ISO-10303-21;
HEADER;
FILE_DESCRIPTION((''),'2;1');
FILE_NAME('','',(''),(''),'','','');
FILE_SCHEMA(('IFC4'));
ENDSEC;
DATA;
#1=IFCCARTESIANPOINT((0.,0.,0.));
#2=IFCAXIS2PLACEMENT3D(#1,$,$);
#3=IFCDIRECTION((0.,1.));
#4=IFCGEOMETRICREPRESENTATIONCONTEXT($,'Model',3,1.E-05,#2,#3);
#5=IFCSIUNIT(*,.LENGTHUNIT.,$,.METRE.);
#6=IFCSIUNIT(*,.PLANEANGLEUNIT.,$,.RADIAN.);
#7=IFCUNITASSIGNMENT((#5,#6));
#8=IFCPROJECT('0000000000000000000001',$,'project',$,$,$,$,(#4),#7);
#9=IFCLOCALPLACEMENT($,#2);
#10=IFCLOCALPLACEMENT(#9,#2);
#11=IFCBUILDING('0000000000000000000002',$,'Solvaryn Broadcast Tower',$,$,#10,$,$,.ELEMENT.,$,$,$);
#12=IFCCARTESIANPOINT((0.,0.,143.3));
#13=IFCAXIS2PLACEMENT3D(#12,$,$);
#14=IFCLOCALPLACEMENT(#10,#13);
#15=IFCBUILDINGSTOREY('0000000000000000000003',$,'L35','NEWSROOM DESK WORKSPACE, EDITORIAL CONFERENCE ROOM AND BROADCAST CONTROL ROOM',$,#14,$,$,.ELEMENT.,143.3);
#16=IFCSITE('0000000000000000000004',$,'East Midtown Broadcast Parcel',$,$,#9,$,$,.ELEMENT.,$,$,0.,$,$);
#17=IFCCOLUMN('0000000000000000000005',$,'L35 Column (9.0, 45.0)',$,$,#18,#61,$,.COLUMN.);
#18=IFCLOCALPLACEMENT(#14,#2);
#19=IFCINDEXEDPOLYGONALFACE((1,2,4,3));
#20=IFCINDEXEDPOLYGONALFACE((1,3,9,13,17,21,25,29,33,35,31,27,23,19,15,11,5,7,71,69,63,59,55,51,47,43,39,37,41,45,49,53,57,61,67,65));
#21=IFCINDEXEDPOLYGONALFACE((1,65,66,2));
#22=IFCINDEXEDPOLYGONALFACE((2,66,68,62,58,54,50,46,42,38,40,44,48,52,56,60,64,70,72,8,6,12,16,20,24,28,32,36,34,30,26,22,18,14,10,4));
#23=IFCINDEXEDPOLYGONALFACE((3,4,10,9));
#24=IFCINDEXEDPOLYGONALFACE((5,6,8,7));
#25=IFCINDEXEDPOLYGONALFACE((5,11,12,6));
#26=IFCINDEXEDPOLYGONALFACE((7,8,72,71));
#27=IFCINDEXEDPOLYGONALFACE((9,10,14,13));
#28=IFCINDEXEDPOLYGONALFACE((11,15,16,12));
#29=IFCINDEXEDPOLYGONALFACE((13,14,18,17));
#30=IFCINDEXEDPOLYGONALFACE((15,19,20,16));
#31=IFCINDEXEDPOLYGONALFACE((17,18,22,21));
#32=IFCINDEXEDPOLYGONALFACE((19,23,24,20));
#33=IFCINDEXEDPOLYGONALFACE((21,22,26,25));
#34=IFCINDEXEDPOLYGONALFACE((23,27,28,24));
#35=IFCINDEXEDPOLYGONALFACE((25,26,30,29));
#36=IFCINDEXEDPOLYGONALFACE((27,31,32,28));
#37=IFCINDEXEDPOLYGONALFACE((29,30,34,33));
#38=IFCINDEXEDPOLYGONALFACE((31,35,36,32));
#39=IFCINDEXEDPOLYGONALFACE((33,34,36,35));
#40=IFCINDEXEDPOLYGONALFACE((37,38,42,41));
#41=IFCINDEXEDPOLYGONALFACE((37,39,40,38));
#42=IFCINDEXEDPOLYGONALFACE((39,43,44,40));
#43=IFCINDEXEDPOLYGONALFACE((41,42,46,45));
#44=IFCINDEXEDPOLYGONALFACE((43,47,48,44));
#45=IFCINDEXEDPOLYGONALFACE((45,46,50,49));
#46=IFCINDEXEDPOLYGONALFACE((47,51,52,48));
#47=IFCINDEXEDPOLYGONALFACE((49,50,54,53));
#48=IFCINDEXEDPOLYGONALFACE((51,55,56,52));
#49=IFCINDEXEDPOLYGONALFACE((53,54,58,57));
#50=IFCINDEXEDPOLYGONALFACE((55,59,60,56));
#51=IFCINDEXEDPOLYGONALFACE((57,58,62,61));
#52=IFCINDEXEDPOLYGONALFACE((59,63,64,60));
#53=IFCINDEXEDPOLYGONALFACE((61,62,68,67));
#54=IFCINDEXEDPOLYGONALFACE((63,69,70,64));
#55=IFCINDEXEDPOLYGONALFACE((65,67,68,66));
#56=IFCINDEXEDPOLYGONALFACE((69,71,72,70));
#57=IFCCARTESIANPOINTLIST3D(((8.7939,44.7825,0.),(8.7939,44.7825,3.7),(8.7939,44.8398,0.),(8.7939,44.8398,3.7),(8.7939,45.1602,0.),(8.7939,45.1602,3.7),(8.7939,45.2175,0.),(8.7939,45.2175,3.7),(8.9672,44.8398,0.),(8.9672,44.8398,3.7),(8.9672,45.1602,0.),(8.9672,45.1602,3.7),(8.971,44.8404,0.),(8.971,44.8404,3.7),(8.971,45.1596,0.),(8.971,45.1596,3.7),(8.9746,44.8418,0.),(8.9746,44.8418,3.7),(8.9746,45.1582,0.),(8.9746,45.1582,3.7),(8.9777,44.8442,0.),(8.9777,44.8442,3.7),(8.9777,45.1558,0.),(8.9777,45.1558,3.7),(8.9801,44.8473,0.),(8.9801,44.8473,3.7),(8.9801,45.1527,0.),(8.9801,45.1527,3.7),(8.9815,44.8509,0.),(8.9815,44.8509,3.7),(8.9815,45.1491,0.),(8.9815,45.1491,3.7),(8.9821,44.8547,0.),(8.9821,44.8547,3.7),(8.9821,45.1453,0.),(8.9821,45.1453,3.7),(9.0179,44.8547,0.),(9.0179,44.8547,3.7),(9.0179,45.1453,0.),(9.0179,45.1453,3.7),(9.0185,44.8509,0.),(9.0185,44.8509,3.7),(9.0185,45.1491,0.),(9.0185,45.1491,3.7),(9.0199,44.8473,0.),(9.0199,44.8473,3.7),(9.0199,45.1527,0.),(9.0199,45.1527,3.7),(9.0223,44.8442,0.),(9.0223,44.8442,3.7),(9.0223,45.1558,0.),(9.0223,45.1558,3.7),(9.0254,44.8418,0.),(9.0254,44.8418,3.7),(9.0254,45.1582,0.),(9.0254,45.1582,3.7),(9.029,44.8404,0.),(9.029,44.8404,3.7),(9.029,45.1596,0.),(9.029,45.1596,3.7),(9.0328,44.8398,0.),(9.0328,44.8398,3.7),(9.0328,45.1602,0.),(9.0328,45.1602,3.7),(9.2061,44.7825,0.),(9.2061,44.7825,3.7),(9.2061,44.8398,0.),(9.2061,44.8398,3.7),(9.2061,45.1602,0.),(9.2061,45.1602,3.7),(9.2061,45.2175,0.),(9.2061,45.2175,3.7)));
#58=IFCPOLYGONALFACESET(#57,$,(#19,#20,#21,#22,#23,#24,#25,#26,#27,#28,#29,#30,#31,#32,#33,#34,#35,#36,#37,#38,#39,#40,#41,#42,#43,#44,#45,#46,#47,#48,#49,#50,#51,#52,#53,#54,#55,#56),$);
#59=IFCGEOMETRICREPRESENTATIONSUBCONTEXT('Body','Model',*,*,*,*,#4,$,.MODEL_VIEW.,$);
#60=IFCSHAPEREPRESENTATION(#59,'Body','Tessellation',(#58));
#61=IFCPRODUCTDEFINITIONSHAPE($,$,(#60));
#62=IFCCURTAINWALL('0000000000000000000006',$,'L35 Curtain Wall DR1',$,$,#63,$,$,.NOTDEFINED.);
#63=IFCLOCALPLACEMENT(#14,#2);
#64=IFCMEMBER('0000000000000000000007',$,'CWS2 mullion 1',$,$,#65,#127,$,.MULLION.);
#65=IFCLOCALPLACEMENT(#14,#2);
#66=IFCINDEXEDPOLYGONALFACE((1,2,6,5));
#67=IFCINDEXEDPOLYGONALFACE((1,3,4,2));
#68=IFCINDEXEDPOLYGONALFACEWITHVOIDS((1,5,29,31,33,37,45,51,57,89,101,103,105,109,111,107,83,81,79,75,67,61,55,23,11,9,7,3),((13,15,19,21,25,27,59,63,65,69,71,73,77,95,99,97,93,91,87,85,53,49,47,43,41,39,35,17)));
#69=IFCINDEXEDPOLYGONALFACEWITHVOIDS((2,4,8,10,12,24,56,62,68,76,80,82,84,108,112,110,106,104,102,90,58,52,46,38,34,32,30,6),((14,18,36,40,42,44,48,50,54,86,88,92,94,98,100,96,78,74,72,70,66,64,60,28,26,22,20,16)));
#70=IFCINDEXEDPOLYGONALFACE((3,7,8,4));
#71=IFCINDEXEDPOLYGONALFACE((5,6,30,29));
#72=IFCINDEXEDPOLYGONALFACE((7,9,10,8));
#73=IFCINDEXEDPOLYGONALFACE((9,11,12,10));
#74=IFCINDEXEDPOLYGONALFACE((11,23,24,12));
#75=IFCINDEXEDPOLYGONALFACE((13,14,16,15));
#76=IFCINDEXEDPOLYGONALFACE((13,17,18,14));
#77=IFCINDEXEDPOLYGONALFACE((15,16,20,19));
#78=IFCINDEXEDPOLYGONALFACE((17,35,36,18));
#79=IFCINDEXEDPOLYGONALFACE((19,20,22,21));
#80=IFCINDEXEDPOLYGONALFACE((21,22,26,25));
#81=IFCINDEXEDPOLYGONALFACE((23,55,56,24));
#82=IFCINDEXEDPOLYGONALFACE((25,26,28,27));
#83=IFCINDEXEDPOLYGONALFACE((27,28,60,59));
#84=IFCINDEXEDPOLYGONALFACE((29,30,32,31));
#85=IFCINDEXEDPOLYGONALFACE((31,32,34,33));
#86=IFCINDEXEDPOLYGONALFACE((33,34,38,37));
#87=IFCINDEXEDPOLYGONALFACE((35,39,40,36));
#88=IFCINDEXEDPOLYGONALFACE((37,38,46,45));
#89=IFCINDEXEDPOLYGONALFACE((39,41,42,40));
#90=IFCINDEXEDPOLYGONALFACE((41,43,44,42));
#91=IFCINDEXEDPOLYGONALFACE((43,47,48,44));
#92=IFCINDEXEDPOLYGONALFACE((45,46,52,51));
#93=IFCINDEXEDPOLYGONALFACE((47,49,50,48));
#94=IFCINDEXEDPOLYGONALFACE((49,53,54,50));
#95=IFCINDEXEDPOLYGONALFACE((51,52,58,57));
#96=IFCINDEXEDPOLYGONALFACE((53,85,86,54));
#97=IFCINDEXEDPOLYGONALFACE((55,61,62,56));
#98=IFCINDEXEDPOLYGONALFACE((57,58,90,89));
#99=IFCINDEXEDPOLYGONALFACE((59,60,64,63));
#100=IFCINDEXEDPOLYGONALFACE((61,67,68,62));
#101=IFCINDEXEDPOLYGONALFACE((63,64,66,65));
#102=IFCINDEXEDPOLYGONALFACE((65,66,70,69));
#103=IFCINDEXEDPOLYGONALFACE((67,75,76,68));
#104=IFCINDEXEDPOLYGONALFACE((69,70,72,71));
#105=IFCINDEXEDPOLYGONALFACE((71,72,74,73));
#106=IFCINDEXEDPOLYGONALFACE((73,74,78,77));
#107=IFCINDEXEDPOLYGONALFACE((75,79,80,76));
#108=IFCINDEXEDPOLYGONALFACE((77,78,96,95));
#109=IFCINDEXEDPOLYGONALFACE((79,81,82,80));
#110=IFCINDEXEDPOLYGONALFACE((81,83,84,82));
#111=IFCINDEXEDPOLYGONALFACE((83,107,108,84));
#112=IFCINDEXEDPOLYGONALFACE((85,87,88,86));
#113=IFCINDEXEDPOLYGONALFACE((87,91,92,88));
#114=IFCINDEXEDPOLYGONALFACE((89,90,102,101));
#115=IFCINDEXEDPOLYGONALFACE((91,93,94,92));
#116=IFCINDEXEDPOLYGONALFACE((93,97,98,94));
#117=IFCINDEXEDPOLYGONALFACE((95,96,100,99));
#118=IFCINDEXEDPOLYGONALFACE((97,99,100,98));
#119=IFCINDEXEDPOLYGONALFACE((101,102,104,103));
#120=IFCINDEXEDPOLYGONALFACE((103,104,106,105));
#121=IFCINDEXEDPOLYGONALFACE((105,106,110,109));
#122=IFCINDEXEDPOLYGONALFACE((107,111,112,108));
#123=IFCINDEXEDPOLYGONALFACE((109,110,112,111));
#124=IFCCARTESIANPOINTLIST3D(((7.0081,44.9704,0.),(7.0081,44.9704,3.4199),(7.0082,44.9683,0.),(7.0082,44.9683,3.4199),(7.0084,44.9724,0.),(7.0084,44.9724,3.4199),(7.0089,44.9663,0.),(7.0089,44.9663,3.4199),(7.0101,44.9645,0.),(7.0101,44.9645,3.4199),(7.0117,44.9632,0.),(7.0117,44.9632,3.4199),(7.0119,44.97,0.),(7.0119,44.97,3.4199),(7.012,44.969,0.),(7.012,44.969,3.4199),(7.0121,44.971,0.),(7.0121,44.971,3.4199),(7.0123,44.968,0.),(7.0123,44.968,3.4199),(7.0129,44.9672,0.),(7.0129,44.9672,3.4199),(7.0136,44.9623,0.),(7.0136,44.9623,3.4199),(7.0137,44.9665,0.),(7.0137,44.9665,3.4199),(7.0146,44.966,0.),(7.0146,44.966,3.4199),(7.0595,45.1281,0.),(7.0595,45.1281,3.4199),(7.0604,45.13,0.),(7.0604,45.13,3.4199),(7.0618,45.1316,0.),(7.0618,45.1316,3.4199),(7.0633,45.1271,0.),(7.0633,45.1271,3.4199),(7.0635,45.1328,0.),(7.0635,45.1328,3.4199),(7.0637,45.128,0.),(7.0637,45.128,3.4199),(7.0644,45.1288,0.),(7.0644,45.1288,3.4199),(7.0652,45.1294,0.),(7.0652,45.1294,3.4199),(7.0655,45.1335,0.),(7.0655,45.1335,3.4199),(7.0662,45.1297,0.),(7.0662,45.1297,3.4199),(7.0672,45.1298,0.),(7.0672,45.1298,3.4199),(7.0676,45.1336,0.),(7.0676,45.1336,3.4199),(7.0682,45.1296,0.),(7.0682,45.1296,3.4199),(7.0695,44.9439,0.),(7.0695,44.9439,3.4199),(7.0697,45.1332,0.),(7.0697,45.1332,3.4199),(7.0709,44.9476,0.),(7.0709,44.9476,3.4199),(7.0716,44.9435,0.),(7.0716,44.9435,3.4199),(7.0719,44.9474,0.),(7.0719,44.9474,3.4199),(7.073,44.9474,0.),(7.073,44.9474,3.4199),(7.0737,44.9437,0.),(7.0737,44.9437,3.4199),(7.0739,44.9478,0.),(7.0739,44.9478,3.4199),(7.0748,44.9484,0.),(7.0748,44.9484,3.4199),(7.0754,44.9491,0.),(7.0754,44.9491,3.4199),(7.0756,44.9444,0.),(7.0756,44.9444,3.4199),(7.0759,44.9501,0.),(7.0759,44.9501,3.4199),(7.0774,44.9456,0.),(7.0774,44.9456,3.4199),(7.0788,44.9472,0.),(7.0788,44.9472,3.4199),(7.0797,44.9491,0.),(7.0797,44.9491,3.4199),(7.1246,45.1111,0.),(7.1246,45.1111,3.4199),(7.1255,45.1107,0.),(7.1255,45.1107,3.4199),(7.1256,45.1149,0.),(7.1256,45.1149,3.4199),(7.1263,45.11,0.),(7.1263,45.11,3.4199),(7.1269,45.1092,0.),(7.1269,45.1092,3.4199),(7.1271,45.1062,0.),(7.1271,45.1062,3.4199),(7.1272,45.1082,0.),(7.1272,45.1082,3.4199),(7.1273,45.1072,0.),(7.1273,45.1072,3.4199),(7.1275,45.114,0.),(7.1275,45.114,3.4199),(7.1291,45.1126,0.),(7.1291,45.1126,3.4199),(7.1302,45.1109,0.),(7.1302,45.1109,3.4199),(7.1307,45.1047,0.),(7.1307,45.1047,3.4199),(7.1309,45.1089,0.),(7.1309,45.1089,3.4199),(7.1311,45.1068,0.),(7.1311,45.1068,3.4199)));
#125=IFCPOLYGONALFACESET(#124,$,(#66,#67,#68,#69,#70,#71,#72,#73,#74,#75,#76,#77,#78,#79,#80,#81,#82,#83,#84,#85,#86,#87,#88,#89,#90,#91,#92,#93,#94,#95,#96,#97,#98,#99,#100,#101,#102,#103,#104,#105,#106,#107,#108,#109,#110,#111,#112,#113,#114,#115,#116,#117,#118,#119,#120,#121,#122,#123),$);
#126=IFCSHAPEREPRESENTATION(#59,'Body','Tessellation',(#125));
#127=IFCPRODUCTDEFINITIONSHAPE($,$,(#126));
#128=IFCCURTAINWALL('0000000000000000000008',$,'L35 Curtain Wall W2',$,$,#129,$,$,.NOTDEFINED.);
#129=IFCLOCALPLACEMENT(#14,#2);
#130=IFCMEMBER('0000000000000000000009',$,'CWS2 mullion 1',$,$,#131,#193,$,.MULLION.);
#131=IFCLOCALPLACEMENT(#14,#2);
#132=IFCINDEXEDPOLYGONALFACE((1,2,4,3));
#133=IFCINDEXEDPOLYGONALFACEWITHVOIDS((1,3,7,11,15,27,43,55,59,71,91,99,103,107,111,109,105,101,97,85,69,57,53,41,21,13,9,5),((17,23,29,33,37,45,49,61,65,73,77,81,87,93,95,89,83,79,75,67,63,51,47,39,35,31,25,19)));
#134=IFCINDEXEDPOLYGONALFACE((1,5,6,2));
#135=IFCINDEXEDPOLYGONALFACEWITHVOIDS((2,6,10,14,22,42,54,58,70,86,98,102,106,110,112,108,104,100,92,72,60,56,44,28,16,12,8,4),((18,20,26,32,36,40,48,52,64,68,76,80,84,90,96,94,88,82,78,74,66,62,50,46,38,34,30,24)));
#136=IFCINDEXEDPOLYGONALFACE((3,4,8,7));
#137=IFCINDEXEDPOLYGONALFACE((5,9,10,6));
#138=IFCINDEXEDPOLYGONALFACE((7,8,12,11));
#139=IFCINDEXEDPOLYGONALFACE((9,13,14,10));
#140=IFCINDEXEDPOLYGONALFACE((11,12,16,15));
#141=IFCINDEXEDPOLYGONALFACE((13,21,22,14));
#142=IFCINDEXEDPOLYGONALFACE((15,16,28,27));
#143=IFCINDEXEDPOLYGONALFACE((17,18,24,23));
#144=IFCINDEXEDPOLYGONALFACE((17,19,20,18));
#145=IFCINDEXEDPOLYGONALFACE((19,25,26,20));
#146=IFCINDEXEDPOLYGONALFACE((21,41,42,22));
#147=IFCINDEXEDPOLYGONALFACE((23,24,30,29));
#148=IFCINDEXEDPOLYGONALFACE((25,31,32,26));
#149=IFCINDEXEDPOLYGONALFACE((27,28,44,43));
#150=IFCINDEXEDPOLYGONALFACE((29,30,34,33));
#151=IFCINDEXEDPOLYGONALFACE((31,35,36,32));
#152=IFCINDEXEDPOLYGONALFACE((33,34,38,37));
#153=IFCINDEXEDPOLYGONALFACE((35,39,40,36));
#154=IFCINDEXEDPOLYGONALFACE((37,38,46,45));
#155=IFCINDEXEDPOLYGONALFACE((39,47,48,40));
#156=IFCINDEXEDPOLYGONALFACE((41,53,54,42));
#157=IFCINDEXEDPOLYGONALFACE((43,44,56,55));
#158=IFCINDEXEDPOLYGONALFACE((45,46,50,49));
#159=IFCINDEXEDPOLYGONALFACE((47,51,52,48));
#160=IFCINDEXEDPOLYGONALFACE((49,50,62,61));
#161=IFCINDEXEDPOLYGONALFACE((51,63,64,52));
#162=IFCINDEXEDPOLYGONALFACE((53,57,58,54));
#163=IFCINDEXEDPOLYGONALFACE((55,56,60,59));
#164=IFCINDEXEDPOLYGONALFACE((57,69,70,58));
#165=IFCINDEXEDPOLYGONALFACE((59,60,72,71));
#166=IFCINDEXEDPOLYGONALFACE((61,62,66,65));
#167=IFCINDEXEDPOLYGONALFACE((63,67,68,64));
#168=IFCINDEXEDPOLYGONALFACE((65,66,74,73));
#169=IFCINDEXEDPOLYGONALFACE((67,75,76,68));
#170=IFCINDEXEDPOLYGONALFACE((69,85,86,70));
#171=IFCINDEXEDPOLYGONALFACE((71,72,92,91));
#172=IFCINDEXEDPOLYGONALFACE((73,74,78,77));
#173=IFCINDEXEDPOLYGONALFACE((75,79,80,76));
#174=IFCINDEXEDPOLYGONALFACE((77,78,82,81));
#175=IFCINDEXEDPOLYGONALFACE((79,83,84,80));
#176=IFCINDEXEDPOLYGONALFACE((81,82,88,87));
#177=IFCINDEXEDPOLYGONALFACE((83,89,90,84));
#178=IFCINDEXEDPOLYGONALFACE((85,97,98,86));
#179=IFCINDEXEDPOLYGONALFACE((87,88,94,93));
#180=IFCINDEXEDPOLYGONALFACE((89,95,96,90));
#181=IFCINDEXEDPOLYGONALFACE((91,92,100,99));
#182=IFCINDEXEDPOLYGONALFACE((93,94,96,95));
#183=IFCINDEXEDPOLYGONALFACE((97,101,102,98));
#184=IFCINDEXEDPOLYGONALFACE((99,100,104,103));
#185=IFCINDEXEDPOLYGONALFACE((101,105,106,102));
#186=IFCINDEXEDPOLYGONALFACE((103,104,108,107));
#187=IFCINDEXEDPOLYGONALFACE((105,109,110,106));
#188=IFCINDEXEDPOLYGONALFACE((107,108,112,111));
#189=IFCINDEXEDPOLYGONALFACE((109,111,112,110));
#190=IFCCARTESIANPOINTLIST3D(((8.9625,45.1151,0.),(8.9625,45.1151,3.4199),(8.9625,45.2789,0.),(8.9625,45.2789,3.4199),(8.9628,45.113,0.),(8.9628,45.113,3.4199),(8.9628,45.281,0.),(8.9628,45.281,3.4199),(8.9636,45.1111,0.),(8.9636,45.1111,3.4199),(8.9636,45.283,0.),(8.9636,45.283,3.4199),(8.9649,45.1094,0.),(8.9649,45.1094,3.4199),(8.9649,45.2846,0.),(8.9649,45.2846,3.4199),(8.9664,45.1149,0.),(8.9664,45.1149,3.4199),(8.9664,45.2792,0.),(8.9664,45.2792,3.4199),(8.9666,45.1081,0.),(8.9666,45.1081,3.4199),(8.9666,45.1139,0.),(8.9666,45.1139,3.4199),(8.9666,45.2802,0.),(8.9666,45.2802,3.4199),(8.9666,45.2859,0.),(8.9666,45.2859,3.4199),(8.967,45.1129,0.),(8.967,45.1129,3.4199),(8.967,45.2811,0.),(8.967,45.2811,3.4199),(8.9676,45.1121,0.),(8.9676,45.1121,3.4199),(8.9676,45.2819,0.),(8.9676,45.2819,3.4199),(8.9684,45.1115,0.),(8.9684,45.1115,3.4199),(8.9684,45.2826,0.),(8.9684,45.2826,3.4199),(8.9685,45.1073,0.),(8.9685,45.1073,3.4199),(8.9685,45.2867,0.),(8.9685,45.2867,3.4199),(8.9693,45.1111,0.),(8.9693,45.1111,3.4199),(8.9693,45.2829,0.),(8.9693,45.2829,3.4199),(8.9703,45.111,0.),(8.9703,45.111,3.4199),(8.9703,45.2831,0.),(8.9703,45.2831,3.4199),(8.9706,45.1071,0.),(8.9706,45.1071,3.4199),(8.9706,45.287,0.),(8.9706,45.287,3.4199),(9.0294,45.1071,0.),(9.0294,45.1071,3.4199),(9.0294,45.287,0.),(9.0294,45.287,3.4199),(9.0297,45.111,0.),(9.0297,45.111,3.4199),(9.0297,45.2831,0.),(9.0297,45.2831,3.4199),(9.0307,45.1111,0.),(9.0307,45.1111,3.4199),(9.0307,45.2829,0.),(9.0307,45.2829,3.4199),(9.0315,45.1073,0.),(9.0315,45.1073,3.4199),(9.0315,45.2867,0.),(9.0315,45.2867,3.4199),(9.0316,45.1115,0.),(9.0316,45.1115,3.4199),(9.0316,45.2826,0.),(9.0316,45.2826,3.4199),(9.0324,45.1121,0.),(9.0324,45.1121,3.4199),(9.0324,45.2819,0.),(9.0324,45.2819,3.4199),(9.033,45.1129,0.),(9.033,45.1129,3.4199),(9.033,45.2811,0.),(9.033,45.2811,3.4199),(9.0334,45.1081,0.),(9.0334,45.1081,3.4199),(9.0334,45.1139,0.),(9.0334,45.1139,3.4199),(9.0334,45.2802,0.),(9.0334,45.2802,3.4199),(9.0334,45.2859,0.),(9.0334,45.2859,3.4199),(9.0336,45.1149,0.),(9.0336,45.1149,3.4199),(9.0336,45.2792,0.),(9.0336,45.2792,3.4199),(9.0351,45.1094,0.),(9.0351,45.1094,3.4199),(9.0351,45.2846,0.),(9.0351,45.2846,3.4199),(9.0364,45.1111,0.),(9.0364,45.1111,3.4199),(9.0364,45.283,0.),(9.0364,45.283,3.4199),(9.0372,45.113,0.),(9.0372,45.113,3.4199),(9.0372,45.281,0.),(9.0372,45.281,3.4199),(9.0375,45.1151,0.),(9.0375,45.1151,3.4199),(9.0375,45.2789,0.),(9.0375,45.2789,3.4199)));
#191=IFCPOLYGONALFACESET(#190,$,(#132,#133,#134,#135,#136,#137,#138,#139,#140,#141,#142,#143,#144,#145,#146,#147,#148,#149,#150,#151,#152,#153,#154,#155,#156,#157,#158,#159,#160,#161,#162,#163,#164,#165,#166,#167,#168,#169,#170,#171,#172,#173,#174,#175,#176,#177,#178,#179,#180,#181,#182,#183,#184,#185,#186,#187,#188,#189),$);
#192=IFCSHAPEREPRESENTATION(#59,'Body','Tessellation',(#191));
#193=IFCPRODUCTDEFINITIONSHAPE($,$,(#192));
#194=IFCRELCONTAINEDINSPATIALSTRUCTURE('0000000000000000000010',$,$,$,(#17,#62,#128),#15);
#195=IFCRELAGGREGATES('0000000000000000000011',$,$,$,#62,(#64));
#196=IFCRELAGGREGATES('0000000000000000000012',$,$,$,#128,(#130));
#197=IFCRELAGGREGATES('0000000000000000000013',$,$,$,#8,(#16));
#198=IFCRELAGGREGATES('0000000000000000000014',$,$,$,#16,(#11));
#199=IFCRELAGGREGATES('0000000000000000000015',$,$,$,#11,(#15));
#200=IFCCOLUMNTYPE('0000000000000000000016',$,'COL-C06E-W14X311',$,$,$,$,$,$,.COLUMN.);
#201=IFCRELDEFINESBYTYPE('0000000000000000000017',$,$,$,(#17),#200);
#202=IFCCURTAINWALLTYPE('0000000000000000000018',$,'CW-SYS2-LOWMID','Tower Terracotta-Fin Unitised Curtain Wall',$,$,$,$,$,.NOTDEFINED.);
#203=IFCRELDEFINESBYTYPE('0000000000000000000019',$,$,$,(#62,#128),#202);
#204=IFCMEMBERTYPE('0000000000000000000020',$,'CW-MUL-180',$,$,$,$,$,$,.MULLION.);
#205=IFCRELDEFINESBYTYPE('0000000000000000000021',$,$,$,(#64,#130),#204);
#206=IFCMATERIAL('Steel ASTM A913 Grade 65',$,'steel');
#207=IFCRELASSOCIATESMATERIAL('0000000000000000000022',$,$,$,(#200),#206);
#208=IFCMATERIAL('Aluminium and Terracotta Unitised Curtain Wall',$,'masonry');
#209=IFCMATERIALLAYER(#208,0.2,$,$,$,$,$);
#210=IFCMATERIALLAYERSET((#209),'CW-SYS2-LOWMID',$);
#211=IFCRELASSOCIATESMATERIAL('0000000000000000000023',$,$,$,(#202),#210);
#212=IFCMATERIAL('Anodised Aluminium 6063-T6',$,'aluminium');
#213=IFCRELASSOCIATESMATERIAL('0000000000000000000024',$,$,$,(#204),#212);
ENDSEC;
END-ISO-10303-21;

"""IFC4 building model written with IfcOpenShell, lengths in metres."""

from ifc_helpers import new_model, si_unit, direction, frame, origin, origin_2d, place, context, subcontext, project, spatial, hollow_rectangle, i_section, extrude, material, layer, layer_set, material_profile, profile_set, type_object, element, aggregate, save


model = new_model("IFC4")

# Units and contexts
model_context = context("Model", 3, precision=1e-05, world=origin(), true_north=direction((0.0, 1.0)))
body_context = subcontext(model_context, "Body", "Model", "MODEL_VIEW")
ifc_project = project(units=[si_unit("LENGTHUNIT", "METRE"), si_unit("PLANEANGLEUNIT", "RADIAN")], contexts=[model_context])

# Site, building, storey
site_placement = place(None, origin())
site = spatial("IfcSite", under=ifc_project, at=site_placement, Name="East Midtown Broadcast Parcel", CompositionType="ELEMENT", RefElevation=0.0)
building_placement = place(site_placement, origin())
building = spatial("IfcBuilding", under=site, at=building_placement, Name="Solvaryn Broadcast Tower", CompositionType="ELEMENT")
storey_placement = place(building_placement, frame((0.0, 0.0, 143.3)))
storey = spatial("IfcBuildingStorey", under=building, at=storey_placement, Name="L35", Description="NEWSROOM DESK WORKSPACE, EDITORIAL CONFERENCE ROOM AND BROADCAST CONTROL ROOM", CompositionType="ELEMENT", Elevation=143.3)

# Column
ifc_material_1 = material(Name="Steel ASTM A913 Grade 65", Category="steel")
ifc_material_profile_1 = material_profile(ifc_material_1, i_section(OverallWidth=0.4121, OverallDepth=0.4351, WebThickness=0.0359, FlangeThickness=0.0574, FilletRadius=0.0149, at=origin_2d()))
ifc_profile_set_1 = profile_set([ifc_material_profile_1], Name="Steel ASTM A913 Grade 65")
column_type = type_object("IfcColumnType", Name="COL-C06E-W14X311", PredefinedType="COLUMN", material=ifc_profile_set_1)
column_placement = place(storey_placement, frame((9.0, 45.0, 0.0), z_axis=(0.0, 0.0, 1.0), x_axis=(1.0, 0.0, 0.0)))
element("IfcColumn", 1, at=column_placement, inside=storey, type_object=column_type, Name="L35 Column (9.0, 45.0)", PredefinedType="COLUMN", context=body_context, shape_type="SweptSolid", body=[
    extrude(i_section(OverallWidth=0.4121, OverallDepth=0.4351, WebThickness=0.0359, FlangeThickness=0.0574, FilletRadius=0.0149, at=origin_2d()), origin(), (0.0, 0.0, 1.0), 3.7),
])

# Curtain wall, member
ifc_material_2 = material(Name="Aluminium and Terracotta Unitised Curtain Wall", Category="masonry")
ifc_layer_1 = layer(ifc_material_2, 0.2)
ifc_layer_set_1 = layer_set([ifc_layer_1], Name="CW-SYS2-LOWMID")
curtain_wall_type = type_object("IfcCurtainWallType", Name="CW-SYS2-LOWMID", Description="Tower Terracotta-Fin Unitised Curtain Wall", PredefinedType="NOTDEFINED", material=ifc_layer_set_1)
curtain_wall_1_placement = place(storey_placement, origin())
curtain_wall_1 = element("IfcCurtainWall", 2, at=curtain_wall_1_placement, inside=storey, type_object=curtain_wall_type, Name="L35 Curtain Wall DR1", PredefinedType="NOTDEFINED")
ifc_material_3 = material(Name="Anodised Aluminium 6063-T6", Category="aluminium")
ifc_material_profile_2 = material_profile(ifc_material_3, hollow_rectangle(XDim=0.075, YDim=0.1799, WallThickness=0.0039, InnerFilletRadius=0.0039, OuterFilletRadius=0.0081, at=origin_2d()))
ifc_profile_set_2 = profile_set([ifc_material_profile_2], Name="Anodised Aluminium 6063-T6")
member_type_1 = type_object("IfcMemberType", Name="CW-MUL-180", PredefinedType="MULLION", material=ifc_profile_set_2)
member_1_placement = place(storey_placement, frame((7.0696, 45.0386, 0.0), z_axis=(0.0, 0.0, 1.0), x_axis=(0.950198, -0.311646, 0.0)))
member_1 = element("IfcMember", 3, at=member_1_placement, type_object=member_type_1, Name="CWS2 mullion 1", PredefinedType="MULLION", context=body_context, shape_type="SweptSolid", body=[
    extrude(hollow_rectangle(XDim=0.075, YDim=0.1799, WallThickness=0.0039, InnerFilletRadius=0.0039, OuterFilletRadius=0.0081, at=origin_2d()), origin(), (0.0, 0.0, 1.0), 3.4199),
])

# Curtain wall, member
curtain_wall_2_placement = place(storey_placement, origin())
curtain_wall_2 = element("IfcCurtainWall", 4, at=curtain_wall_2_placement, inside=storey, type_object=curtain_wall_type, Name="L35 Curtain Wall W2", PredefinedType="NOTDEFINED")
member_2_placement = place(storey_placement, frame((9.0, 45.197, 0.0), z_axis=(0.0, 0.0, 1.0), x_axis=(-1.0, 0.0, 0.0)))
member_2 = element("IfcMember", 5, at=member_2_placement, type_object=member_type_1, Name="CWS2 mullion 1", PredefinedType="MULLION", context=body_context, shape_type="SweptSolid", body=[
    extrude(hollow_rectangle(XDim=0.075, YDim=0.1799, WallThickness=0.0039, InnerFilletRadius=0.0039, OuterFilletRadius=0.0081, at=origin_2d()), origin(), (0.0, 0.0, 1.0), 3.4199),
])

aggregate(curtain_wall_1, [member_1])

aggregate(curtain_wall_2, [member_2])

save(model, "model.ifc")
